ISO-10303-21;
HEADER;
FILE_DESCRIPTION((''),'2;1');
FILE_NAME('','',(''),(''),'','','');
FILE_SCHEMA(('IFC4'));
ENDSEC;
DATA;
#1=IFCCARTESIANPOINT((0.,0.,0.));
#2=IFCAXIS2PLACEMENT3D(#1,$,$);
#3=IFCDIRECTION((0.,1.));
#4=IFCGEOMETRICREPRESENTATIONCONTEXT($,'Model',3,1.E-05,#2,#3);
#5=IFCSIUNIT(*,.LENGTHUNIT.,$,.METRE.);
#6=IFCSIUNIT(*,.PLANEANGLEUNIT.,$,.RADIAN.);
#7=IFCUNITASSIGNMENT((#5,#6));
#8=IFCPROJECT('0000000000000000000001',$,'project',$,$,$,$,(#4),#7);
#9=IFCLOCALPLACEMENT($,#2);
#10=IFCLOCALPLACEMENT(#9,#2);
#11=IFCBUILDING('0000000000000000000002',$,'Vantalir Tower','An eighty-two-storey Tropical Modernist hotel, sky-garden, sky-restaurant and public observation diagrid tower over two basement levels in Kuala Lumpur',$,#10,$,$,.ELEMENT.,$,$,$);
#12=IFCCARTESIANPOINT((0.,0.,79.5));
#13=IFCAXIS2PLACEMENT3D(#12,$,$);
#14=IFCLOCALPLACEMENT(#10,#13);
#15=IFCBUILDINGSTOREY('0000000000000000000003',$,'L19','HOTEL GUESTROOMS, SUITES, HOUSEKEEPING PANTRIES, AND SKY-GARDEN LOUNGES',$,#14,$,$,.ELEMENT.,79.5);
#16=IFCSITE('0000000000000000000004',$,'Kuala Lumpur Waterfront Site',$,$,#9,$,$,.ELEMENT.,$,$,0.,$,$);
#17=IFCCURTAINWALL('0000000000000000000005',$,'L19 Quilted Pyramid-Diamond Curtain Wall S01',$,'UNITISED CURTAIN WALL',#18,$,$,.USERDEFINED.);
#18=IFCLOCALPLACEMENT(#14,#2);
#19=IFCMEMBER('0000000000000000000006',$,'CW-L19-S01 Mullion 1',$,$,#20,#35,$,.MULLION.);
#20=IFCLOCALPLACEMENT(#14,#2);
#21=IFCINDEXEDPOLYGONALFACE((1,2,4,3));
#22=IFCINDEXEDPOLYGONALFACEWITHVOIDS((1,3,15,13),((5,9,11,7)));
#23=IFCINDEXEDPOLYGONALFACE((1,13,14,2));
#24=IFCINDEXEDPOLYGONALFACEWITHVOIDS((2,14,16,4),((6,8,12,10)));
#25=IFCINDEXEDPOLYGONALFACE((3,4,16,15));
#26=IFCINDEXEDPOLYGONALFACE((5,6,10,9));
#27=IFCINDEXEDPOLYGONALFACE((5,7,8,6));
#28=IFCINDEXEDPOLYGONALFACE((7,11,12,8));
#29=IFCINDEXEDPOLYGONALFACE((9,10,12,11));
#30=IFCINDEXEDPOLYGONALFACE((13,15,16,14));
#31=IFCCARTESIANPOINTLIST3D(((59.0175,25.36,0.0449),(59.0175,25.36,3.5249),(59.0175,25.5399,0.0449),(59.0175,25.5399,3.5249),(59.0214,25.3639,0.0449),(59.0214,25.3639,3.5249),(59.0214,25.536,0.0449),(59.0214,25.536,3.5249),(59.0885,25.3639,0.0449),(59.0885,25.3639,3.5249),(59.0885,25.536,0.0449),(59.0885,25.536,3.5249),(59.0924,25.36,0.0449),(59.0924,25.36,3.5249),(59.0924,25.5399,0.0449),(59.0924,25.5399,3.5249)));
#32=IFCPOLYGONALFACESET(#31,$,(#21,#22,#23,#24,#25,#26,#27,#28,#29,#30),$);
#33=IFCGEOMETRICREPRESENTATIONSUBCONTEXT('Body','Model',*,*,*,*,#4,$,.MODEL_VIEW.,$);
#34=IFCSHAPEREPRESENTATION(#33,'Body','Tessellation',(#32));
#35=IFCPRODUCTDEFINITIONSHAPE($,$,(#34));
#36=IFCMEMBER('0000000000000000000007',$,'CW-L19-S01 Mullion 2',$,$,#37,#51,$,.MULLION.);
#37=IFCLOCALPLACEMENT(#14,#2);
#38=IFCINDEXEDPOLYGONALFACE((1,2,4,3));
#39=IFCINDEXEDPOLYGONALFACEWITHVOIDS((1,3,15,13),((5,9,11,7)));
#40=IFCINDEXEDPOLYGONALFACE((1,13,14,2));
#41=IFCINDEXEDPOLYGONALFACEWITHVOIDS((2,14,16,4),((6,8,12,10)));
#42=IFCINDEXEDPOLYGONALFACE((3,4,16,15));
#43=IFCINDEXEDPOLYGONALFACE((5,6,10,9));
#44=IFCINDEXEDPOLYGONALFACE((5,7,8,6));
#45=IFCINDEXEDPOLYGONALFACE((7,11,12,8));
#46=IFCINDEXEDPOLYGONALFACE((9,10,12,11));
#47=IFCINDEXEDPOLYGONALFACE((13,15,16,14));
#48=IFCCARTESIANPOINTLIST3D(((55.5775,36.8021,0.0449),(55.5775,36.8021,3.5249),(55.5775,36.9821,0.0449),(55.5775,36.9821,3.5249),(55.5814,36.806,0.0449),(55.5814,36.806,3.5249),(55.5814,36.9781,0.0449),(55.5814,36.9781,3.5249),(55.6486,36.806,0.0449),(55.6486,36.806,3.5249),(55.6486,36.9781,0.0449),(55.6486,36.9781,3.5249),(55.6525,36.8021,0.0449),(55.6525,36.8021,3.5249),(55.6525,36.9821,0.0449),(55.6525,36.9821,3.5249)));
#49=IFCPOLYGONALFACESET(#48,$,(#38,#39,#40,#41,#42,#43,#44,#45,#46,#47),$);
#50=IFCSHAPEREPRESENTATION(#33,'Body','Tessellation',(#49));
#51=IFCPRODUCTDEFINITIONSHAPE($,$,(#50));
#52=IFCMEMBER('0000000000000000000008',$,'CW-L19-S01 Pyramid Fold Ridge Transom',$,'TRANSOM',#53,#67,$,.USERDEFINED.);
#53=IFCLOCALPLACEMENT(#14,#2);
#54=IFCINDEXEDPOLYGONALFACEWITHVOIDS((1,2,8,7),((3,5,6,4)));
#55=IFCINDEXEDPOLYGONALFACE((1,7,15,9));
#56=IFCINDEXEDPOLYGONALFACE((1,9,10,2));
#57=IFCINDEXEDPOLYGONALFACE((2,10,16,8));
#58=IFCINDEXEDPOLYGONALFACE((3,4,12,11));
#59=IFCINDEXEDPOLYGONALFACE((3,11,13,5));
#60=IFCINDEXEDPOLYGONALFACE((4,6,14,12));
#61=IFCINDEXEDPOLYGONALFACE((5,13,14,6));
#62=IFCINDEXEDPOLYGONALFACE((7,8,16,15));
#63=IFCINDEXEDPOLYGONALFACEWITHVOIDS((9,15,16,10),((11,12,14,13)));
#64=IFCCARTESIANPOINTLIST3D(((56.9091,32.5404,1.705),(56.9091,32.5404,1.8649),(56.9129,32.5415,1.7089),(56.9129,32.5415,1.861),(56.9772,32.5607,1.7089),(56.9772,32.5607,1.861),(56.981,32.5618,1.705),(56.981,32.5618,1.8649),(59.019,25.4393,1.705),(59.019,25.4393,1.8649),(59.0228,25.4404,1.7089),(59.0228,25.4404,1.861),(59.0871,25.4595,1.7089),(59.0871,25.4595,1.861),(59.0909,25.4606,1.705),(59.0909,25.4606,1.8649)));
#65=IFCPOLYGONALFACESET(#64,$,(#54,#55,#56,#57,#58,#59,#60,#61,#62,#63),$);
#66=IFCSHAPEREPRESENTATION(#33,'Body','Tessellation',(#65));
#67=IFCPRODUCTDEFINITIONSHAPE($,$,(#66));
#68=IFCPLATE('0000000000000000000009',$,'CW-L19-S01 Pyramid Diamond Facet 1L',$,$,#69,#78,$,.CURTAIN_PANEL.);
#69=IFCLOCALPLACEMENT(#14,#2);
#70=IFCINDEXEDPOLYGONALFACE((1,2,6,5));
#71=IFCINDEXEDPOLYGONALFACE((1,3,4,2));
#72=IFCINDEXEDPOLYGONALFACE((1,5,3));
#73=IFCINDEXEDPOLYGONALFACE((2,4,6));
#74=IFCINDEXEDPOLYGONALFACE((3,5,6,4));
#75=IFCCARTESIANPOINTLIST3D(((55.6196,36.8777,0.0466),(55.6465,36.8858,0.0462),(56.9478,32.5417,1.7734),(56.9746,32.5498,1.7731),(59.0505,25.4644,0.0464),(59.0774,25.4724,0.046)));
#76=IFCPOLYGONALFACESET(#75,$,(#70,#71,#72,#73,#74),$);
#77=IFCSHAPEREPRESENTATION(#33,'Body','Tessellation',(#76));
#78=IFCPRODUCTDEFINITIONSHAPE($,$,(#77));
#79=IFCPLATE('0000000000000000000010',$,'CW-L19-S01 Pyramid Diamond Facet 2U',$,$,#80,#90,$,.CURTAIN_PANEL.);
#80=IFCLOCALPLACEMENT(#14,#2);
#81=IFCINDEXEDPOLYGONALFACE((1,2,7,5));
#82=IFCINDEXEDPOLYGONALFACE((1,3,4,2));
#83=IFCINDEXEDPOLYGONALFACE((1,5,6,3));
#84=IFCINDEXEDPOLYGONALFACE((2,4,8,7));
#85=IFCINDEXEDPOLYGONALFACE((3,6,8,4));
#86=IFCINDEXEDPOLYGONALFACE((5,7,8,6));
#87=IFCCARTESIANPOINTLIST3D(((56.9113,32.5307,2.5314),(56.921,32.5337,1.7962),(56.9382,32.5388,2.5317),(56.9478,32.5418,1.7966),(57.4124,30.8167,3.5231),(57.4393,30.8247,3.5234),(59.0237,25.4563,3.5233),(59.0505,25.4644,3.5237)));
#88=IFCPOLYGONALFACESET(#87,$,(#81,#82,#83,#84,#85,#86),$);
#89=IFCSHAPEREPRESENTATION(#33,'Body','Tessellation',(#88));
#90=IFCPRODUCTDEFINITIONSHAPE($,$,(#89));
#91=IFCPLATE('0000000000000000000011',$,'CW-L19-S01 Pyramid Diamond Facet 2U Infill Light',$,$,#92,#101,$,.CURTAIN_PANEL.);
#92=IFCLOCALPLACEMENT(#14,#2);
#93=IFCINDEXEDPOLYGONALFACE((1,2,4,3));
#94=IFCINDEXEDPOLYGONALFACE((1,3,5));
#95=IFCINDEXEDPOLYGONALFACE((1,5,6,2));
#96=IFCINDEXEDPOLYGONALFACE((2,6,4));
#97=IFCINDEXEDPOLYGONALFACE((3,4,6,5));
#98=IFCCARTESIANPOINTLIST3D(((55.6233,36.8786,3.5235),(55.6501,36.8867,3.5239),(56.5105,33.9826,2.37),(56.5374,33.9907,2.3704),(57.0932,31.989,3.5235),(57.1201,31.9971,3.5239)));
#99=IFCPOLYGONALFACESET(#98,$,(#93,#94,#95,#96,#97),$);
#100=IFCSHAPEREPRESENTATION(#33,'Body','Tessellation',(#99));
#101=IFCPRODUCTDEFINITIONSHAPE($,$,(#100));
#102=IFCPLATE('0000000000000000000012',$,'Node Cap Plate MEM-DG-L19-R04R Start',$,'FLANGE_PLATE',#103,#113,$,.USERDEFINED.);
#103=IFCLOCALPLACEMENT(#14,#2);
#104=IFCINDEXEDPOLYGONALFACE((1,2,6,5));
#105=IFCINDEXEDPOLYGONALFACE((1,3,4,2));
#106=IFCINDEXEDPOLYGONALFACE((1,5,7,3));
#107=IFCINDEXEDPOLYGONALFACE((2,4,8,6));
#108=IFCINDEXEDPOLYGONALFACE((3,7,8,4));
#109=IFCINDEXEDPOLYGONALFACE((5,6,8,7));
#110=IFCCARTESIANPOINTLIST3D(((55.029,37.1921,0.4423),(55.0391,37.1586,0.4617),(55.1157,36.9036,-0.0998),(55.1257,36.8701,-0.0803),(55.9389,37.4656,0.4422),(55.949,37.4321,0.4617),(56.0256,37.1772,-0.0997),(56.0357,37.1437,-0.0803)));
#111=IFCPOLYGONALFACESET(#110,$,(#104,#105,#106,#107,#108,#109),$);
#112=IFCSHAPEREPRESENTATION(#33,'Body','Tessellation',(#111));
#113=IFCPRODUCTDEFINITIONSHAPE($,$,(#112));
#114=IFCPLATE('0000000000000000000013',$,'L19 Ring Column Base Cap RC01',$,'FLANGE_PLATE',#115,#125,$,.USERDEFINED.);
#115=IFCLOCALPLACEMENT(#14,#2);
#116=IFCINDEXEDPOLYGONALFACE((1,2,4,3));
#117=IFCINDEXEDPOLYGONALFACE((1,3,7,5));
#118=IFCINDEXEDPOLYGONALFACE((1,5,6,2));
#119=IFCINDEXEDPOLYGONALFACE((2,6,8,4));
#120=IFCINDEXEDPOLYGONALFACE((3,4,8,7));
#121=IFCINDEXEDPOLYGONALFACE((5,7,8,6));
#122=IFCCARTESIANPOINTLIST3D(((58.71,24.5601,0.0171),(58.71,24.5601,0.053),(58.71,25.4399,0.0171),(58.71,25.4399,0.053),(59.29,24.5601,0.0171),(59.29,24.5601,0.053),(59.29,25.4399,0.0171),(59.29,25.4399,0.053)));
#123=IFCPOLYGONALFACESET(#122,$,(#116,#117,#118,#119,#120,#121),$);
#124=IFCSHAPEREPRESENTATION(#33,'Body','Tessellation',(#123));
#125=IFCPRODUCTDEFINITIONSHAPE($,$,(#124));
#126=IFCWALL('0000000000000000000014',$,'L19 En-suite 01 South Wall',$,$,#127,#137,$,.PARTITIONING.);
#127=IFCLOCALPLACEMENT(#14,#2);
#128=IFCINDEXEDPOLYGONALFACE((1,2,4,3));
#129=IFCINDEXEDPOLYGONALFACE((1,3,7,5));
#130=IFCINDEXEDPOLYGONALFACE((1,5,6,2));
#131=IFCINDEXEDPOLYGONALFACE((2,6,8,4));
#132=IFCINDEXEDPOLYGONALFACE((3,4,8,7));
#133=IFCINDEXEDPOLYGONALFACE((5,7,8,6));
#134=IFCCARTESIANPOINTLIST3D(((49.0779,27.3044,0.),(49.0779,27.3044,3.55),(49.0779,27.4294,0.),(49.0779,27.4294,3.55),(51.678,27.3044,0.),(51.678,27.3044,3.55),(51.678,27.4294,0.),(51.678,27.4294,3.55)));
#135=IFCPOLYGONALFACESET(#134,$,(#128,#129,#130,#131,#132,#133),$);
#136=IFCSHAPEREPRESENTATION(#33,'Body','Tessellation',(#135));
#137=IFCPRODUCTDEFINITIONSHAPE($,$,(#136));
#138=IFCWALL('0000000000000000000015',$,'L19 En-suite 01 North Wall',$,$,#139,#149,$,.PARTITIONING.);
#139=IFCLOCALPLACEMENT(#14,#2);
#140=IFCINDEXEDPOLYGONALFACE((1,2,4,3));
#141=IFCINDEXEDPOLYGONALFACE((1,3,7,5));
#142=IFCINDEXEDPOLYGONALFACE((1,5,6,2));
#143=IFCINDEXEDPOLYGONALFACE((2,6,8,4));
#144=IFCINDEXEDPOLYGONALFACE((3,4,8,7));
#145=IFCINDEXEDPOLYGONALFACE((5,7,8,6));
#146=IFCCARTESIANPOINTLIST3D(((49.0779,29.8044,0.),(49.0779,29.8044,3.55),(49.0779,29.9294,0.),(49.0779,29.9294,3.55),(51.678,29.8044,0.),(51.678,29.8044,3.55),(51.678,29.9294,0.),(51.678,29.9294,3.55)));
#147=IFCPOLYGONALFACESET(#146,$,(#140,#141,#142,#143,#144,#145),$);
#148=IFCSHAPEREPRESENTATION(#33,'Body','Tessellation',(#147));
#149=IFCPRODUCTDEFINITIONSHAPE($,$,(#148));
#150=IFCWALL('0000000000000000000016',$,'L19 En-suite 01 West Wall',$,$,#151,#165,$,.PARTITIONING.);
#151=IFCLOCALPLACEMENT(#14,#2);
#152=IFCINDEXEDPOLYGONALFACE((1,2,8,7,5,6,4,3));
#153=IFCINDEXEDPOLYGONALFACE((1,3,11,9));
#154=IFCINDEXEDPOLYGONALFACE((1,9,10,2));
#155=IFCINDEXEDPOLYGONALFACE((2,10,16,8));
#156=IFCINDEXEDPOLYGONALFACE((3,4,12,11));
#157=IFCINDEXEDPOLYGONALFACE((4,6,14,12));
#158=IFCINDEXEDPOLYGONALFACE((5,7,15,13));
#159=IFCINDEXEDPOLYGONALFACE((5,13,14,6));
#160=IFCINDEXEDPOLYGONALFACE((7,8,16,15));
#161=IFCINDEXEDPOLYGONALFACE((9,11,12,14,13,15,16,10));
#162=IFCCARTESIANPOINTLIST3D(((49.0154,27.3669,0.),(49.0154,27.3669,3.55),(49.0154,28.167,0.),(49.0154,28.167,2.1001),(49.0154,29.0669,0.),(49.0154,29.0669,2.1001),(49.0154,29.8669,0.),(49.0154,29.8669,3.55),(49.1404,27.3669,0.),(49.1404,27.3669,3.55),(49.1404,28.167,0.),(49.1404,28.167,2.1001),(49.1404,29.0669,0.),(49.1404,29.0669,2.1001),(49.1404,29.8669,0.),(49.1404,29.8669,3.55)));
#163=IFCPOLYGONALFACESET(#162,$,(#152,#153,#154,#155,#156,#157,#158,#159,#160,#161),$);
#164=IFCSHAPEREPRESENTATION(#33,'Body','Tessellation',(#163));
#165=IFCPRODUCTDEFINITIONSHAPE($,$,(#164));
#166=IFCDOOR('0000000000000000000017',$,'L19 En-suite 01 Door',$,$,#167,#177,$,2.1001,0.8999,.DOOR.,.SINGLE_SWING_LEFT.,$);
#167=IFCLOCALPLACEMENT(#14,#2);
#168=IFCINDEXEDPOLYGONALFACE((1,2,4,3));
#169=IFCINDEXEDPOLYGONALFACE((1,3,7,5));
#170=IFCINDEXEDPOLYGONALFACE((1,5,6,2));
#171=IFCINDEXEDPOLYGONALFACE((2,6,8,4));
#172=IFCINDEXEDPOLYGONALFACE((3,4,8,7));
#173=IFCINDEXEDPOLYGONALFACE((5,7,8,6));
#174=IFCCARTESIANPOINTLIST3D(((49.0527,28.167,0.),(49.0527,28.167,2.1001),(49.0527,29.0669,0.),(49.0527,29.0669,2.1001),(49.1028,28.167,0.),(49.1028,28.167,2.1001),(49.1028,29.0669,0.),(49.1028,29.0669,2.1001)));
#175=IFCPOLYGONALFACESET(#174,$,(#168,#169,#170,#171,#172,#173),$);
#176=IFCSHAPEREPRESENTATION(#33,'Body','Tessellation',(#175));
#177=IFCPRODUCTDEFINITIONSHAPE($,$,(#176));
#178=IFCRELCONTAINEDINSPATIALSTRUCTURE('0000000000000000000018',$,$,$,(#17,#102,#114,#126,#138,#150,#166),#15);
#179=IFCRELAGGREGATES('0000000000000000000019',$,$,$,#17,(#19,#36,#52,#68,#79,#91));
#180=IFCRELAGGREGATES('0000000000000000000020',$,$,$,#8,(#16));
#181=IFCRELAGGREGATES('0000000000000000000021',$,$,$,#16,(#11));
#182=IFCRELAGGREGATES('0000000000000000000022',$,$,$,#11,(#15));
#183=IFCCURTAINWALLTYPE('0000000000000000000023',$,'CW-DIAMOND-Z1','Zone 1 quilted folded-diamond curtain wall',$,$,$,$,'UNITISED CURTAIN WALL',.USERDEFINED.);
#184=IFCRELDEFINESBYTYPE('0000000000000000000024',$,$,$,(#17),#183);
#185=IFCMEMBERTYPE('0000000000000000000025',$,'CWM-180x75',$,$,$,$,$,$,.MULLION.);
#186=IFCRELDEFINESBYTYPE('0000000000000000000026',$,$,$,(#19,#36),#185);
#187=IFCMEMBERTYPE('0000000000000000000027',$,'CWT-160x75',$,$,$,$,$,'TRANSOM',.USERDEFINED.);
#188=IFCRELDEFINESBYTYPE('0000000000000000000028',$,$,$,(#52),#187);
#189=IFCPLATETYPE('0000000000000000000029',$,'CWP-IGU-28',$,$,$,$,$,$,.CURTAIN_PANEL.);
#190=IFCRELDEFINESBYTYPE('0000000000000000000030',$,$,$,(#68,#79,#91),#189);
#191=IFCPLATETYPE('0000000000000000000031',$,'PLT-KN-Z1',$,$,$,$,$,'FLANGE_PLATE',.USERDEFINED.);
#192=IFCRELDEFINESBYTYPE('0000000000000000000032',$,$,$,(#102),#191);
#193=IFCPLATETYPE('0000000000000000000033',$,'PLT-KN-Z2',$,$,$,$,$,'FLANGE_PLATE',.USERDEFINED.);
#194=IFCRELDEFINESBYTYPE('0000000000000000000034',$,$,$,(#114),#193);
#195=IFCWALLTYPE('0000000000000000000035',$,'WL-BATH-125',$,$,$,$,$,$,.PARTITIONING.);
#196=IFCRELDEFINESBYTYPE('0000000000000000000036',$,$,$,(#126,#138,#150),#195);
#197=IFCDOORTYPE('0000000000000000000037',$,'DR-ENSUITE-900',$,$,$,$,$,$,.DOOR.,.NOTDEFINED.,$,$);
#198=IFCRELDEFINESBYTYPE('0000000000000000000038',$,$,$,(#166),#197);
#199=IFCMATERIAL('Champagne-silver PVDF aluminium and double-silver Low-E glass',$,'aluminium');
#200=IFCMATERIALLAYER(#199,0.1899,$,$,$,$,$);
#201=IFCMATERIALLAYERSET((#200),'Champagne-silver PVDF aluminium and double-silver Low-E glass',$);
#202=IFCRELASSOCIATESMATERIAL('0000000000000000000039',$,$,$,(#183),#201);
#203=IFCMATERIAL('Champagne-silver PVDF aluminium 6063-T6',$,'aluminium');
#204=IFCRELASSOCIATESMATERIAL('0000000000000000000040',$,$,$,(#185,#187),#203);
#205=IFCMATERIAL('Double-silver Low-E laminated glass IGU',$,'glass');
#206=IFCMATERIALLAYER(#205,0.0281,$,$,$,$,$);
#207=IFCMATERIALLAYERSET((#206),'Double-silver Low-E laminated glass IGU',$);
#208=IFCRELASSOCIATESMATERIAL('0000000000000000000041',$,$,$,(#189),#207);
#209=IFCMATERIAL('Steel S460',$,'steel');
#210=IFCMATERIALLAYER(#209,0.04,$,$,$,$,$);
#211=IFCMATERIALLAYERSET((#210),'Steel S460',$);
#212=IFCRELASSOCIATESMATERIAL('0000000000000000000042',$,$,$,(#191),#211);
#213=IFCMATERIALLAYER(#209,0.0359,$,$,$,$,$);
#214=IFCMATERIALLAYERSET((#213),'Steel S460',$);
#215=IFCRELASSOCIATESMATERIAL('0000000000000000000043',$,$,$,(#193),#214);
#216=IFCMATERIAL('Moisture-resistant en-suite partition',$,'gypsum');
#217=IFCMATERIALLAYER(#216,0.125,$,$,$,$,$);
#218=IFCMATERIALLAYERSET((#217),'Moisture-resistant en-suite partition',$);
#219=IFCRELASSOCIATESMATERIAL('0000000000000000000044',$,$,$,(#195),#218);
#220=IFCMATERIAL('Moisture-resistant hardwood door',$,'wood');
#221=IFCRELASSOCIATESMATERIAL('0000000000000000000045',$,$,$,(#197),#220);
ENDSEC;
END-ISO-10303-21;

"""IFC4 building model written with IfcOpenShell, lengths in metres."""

from ifc_helpers import new_model, si_unit, direction, frame, frame_2d, origin, origin_2d, place, context, subcontext, project, spatial, polyline, rectangle, hollow_rectangle, outline, extrude, material, layer, layer_set, material_profile, profile_set, type_object, element, fill, aggregate, save


model = new_model("IFC4")

# Units and contexts
model_context = context("Model", 3, precision=1e-05, world=origin(), true_north=direction((0.0, 1.0)))
body_context = subcontext(model_context, "Body", "Model", "MODEL_VIEW")
ifc_project = project(units=[si_unit("LENGTHUNIT", "METRE"), si_unit("PLANEANGLEUNIT", "RADIAN")], contexts=[model_context])

# Site, building, storey
site_placement = place(None, origin())
site = spatial("IfcSite", under=ifc_project, at=site_placement, Name="Kuala Lumpur Waterfront Site", CompositionType="ELEMENT", RefElevation=0.0)
building_placement = place(site_placement, origin())
building = spatial("IfcBuilding", under=site, at=building_placement, Name="Vantalir Tower", Description="An eighty-two-storey Tropical Modernist hotel, sky-garden, sky-restaurant and public observation diagrid tower over two basement levels in Kuala Lumpur", CompositionType="ELEMENT")
storey_placement = place(building_placement, frame((0.0, 0.0, 79.5)))
storey = spatial("IfcBuildingStorey", under=building, at=storey_placement, Name="L19", Description="HOTEL GUESTROOMS, SUITES, HOUSEKEEPING PANTRIES, AND SKY-GARDEN LOUNGES", CompositionType="ELEMENT", Elevation=79.5)

# Curtain wall, members, plates
ifc_material_1 = material(Name="Champagne-silver PVDF aluminium and double-silver Low-E glass", Category="aluminium")
ifc_layer_1 = layer(ifc_material_1, 0.1899)
ifc_layer_set_1 = layer_set([ifc_layer_1], Name="Champagne-silver PVDF aluminium and double-silver Low-E glass")
curtain_wall_type = type_object("IfcCurtainWallType", Name="CW-DIAMOND-Z1", Description="Zone 1 quilted folded-diamond curtain wall", ElementType="UNITISED CURTAIN WALL", PredefinedType="USERDEFINED", material=ifc_layer_set_1)
curtain_wall_placement = place(storey_placement, origin())
curtain_wall = element("IfcCurtainWall", 1, at=curtain_wall_placement, inside=storey, type_object=curtain_wall_type, Name="L19 Quilted Pyramid-Diamond Curtain Wall S01", ObjectType="UNITISED CURTAIN WALL", PredefinedType="USERDEFINED")
ifc_material_2 = material(Name="Champagne-silver PVDF aluminium 6063-T6", Category="aluminium")
ifc_material_profile_1 = material_profile(ifc_material_2, hollow_rectangle(XDim=0.075, YDim=0.1799, WallThickness=0.0039, at=origin_2d()), Name="Champagne-silver PVDF aluminium 6063-T6")
ifc_profile_set_1 = profile_set([ifc_material_profile_1], Name="Champagne-silver PVDF aluminium 6063-T6")
member_type_1 = type_object("IfcMemberType", Name="CWM-180x75", PredefinedType="MULLION", material=ifc_profile_set_1)
member_1_placement = place(storey_placement, frame((59.0549, 25.45, 0.0449), z_axis=(0.0, 0.0, 1.0), x_axis=(1.0, 0.0, 0.0)))
member_1 = element("IfcMember", 2, at=member_1_placement, type_object=member_type_1, Name="CW-L19-S01 Mullion 1", PredefinedType="MULLION", context=body_context, shape_type="SweptSolid", body=[
    extrude(hollow_rectangle(XDim=0.075, YDim=0.1799, WallThickness=0.0039, at=origin_2d()), origin(), (0.0, 0.0, 1.0), 3.48),
])
member_2_placement = place(storey_placement, frame((55.615, 36.8921, 0.0449), z_axis=(0.0, 0.0, 1.0), x_axis=(1.0, 0.0, 0.0)))
member_2 = element("IfcMember", 3, at=member_2_placement, type_object=member_type_1, Name="CW-L19-S01 Mullion 2", PredefinedType="MULLION", context=body_context, shape_type="SweptSolid", body=[
    extrude(hollow_rectangle(XDim=0.075, YDim=0.1799, WallThickness=0.0039, at=origin_2d()), origin(), (0.0, 0.0, 1.0), 3.48),
])
ifc_material_profile_2 = material_profile(ifc_material_2, hollow_rectangle(XDim=0.075, YDim=0.1599, WallThickness=0.0039, at=origin_2d()), Name="Champagne-silver PVDF aluminium 6063-T6")
ifc_profile_set_2 = profile_set([ifc_material_profile_2], Name="Champagne-silver PVDF aluminium 6063-T6")
member_type_2 = type_object("IfcMemberType", Name="CWT-160x75", ElementType="TRANSOM", PredefinedType="USERDEFINED", material=ifc_profile_set_2)
member_3_placement = place(storey_placement, frame((59.0549, 25.45, 1.7849), z_axis=(-0.284813, 0.958583, 0.0), x_axis=(-0.958583, -0.284813, 0.0)))
member_3 = element("IfcMember", 4, at=member_3_placement, type_object=member_type_2, Name="CW-L19-S01 Pyramid Fold Ridge Transom", ObjectType="TRANSOM", PredefinedType="USERDEFINED", context=body_context, shape_type="SweptSolid", body=[
    extrude(hollow_rectangle(XDim=0.075, YDim=0.1599, WallThickness=0.0039, at=origin_2d()), origin(), (0.0, 0.0, 1.0), 7.408),
])
ifc_material_3 = material(Name="Double-silver Low-E laminated glass IGU", Category="glass")
ifc_layer_2 = layer(ifc_material_3, 0.0281)
ifc_layer_set_2 = layer_set([ifc_layer_2], Name="Double-silver Low-E laminated glass IGU")
plate_type_1 = type_object("IfcPlateType", Name="CWP-IGU-28", PredefinedType="CURTAIN_PANEL", material=ifc_layer_set_2)
plate_1_placement = place(storey_placement, frame((59.0505, 25.4644, 0.0464), z_axis=(-0.957577, -0.287853, 0.013707), x_axis=(-0.28788, 0.957667, 0.00002)))
plate_1 = element("IfcPlate", 5, at=plate_1_placement, type_object=plate_type_1, Name="CW-L19-S01 Pyramid Diamond Facet 1L", PredefinedType="CURTAIN_PANEL", context=body_context, shape_type="SweptSolid", body=[
    extrude(outline(polyline([(0.0, 0.0), (11.9179, 0.0), (7.3832, -1.7271), (0.0, 0.0)])), origin(), (0.0, 0.0, -1.0), 0.0281),
])
plate_2_placement = place(storey_placement, frame((59.0505, 25.4644, 3.5237), z_axis=(0.957583, 0.287834, 0.013675), x_axis=(-0.28786, 0.957672, -0.000043)))
plate_2 = element("IfcPlate", 6, at=plate_2_placement, type_object=plate_type_1, Name="CW-L19-S01 Pyramid Diamond Facet 2U", PredefinedType="CURTAIN_PANEL", context=body_context, shape_type="SweptSolid", body=[
    extrude(outline(polyline([(0.0, 0.0), (5.5973, 0.0), (7.3831, -0.9917), (7.3832, -1.7269), (0.0, 0.0)])), origin(), (0.0, 0.0, -1.0), 0.0281),
])
plate_3_placement = place(storey_placement, frame((57.1201, 31.9971, 3.5239), z_axis=(0.95757, 0.287873, 0.013768), x_axis=(-0.287901, 0.95766, 0.0)))
plate_3 = element("IfcPlate", 7, at=plate_3_placement, type_object=plate_type_1, Name="CW-L19-S01 Pyramid Diamond Facet 2U Infill Light", PredefinedType="CURTAIN_PANEL", context=body_context, shape_type="SweptSolid", body=[
    extrude(outline(polyline([(0.0, 0.0), (5.1058, 0.0), (2.077, -1.1537), (0.0, 0.0)])), origin(), (0.0, 0.0, -1.0), 0.0281),
])
aggregate(curtain_wall, [member_1, member_2, member_3, plate_1, plate_2, plate_3])

# Plates
ifc_material_4 = material(Name="Steel S460", Category="steel")
ifc_layer_3 = layer(ifc_material_4, 0.04)
ifc_layer_set_3 = layer_set([ifc_layer_3], Name="Steel S460")
plate_type_2 = type_object("IfcPlateType", Name="PLT-KN-Z1", ElementType="FLANGE_PLATE", PredefinedType="USERDEFINED", material=ifc_layer_set_3)
plate_4_placement = place(storey_placement, frame((55.1257, 36.8701, -0.0803), z_axis=(0.251665, -0.837087, 0.485747), x_axis=(0.957648, 0.287941, 0.000052)))
element("IfcPlate", 8, at=plate_4_placement, inside=storey, type_object=plate_type_2, Name="Node Cap Plate MEM-DG-L19-R04R Start", ObjectType="FLANGE_PLATE", PredefinedType="USERDEFINED", context=body_context, shape_type="SweptSolid", body=[
    extrude(outline(polyline([(0.0, 0.0), (0.9502, 0.0), (0.9502, 0.62), (0.0001, 0.6201), (0.0, 0.0)])), origin(), (0.0, 0.0, -1.0), 0.04),
])
ifc_layer_4 = layer(ifc_material_4, 0.0359)
ifc_layer_set_4 = layer_set([ifc_layer_4], Name="Steel S460")
plate_type_3 = type_object("IfcPlateType", Name="PLT-KN-Z2", ElementType="FLANGE_PLATE", PredefinedType="USERDEFINED", material=ifc_layer_set_4)
plate_5_placement = place(storey_placement, frame((58.71, 25.4399, 0.053), z_axis=(0.0, 0.0, 1.0), x_axis=(0.0, -1.0, 0.0)))
element("IfcPlate", 9, at=plate_5_placement, inside=storey, type_object=plate_type_3, Name="L19 Ring Column Base Cap RC01", ObjectType="FLANGE_PLATE", PredefinedType="USERDEFINED", context=body_context, shape_type="SweptSolid", body=[
    extrude(outline(polyline([(0.0, 0.0), (0.8799, 0.0), (0.8799, 0.5801), (0.0, 0.5801), (0.0, 0.0)])), origin(), (0.0, 0.0, -1.0), 0.0359),
])

# Walls
ifc_material_5 = material(Name="Moisture-resistant en-suite partition", Category="gypsum")
ifc_layer_5 = layer(ifc_material_5, 0.125)
ifc_layer_set_5 = layer_set([ifc_layer_5], Name="Moisture-resistant en-suite partition")
wall_type_1 = type_object("IfcWallType", Name="WL-BATH-125", PredefinedType="PARTITIONING", material=ifc_layer_set_5)
for number, where, z_axis, x_axis, name in (
    (10, (49.0779, 27.3669, 0.0), (0.0, 0.0, 1.0), (1.0, 0.0, 0.0), "L19 En-suite 01 South Wall"),
    (11, (49.0779, 29.8669, 0.0), (0.0, 0.0, 1.0), (1.0, 0.0, 0.0), "L19 En-suite 01 North Wall"),
):
    element("IfcWall", number, at=place(storey_placement, frame(where, z_axis=z_axis, x_axis=x_axis)), inside=storey, type_object=wall_type_1, Name=name, PredefinedType="PARTITIONING", context=body_context, shape_type="SweptSolid", body=[
        extrude(rectangle(XDim=2.6001, YDim=0.125, at=frame_2d((1.3, 0.0))), origin(), (0.0, 0.0, 1.0), 3.55),
    ])

# Wall, opening, door
wall_1_placement = place(storey_placement, frame((49.0779, 27.3669, 0.0), z_axis=(0.0, 0.0, 1.0), x_axis=(0.0, 1.0, 0.0)))
wall_1 = element("IfcWall", 12, at=wall_1_placement, inside=storey, type_object=wall_type_1, Name="L19 En-suite 01 West Wall", PredefinedType="PARTITIONING", context=body_context, shape_type="SweptSolid", body=[
    extrude(rectangle(XDim=2.5, YDim=0.125, at=frame_2d((1.25, 0.0))), origin(), (0.0, 0.0, 1.0), 3.55),
])
opening_1_placement = place(wall_1_placement, frame((0.8, 0.0, 0.0)))
opening_1 = element("IfcOpeningElement", 13, at=opening_1_placement, cuts=wall_1, PredefinedType="OPENING", context=body_context, shape_type="SweptSolid", body=[
    extrude(rectangle(XDim=0.8999, YDim=2.1001, at=frame_2d((0.45, 1.05))), frame((0.0, 0.0725, 0.0), z_axis=(0.0, -1.0, 0.0), x_axis=(1.0, 0.0, 0.0)), (0.0, 0.0, 1.0), 0.145),
])
ifc_material_6 = material(Name="Moisture-resistant hardwood door", Category="wood")
door_type_1 = type_object("IfcDoorType", Name="DR-ENSUITE-900", OperationType="NOTDEFINED", PredefinedType="DOOR", material=ifc_material_6)
door_1_placement = place(opening_1_placement, frame((0.8999, 0.0, 0.0), z_axis=(0.0, 0.0, 1.0), x_axis=(-1.0, 0.0, 0.0)))
door_1 = element("IfcDoor", 14, at=door_1_placement, inside=storey, type_object=door_type_1, Name="L19 En-suite 01 Door", OperationType="SINGLE_SWING_LEFT", OverallHeight=2.1001, OverallWidth=0.8999, PredefinedType="DOOR", context=body_context, shape_type="SweptSolid", body=[
    extrude(rectangle(XDim=0.8999, YDim=2.1001, at=frame_2d((0.45, 1.05))), frame((0.0, 0.0249, 0.0), z_axis=(0.0, -1.0, 0.0), x_axis=(1.0, 0.0, 0.0)), (0.0, 0.0, 1.0), 0.05),
])
fill(opening_1, door_1)

save(model, "model.ifc")
